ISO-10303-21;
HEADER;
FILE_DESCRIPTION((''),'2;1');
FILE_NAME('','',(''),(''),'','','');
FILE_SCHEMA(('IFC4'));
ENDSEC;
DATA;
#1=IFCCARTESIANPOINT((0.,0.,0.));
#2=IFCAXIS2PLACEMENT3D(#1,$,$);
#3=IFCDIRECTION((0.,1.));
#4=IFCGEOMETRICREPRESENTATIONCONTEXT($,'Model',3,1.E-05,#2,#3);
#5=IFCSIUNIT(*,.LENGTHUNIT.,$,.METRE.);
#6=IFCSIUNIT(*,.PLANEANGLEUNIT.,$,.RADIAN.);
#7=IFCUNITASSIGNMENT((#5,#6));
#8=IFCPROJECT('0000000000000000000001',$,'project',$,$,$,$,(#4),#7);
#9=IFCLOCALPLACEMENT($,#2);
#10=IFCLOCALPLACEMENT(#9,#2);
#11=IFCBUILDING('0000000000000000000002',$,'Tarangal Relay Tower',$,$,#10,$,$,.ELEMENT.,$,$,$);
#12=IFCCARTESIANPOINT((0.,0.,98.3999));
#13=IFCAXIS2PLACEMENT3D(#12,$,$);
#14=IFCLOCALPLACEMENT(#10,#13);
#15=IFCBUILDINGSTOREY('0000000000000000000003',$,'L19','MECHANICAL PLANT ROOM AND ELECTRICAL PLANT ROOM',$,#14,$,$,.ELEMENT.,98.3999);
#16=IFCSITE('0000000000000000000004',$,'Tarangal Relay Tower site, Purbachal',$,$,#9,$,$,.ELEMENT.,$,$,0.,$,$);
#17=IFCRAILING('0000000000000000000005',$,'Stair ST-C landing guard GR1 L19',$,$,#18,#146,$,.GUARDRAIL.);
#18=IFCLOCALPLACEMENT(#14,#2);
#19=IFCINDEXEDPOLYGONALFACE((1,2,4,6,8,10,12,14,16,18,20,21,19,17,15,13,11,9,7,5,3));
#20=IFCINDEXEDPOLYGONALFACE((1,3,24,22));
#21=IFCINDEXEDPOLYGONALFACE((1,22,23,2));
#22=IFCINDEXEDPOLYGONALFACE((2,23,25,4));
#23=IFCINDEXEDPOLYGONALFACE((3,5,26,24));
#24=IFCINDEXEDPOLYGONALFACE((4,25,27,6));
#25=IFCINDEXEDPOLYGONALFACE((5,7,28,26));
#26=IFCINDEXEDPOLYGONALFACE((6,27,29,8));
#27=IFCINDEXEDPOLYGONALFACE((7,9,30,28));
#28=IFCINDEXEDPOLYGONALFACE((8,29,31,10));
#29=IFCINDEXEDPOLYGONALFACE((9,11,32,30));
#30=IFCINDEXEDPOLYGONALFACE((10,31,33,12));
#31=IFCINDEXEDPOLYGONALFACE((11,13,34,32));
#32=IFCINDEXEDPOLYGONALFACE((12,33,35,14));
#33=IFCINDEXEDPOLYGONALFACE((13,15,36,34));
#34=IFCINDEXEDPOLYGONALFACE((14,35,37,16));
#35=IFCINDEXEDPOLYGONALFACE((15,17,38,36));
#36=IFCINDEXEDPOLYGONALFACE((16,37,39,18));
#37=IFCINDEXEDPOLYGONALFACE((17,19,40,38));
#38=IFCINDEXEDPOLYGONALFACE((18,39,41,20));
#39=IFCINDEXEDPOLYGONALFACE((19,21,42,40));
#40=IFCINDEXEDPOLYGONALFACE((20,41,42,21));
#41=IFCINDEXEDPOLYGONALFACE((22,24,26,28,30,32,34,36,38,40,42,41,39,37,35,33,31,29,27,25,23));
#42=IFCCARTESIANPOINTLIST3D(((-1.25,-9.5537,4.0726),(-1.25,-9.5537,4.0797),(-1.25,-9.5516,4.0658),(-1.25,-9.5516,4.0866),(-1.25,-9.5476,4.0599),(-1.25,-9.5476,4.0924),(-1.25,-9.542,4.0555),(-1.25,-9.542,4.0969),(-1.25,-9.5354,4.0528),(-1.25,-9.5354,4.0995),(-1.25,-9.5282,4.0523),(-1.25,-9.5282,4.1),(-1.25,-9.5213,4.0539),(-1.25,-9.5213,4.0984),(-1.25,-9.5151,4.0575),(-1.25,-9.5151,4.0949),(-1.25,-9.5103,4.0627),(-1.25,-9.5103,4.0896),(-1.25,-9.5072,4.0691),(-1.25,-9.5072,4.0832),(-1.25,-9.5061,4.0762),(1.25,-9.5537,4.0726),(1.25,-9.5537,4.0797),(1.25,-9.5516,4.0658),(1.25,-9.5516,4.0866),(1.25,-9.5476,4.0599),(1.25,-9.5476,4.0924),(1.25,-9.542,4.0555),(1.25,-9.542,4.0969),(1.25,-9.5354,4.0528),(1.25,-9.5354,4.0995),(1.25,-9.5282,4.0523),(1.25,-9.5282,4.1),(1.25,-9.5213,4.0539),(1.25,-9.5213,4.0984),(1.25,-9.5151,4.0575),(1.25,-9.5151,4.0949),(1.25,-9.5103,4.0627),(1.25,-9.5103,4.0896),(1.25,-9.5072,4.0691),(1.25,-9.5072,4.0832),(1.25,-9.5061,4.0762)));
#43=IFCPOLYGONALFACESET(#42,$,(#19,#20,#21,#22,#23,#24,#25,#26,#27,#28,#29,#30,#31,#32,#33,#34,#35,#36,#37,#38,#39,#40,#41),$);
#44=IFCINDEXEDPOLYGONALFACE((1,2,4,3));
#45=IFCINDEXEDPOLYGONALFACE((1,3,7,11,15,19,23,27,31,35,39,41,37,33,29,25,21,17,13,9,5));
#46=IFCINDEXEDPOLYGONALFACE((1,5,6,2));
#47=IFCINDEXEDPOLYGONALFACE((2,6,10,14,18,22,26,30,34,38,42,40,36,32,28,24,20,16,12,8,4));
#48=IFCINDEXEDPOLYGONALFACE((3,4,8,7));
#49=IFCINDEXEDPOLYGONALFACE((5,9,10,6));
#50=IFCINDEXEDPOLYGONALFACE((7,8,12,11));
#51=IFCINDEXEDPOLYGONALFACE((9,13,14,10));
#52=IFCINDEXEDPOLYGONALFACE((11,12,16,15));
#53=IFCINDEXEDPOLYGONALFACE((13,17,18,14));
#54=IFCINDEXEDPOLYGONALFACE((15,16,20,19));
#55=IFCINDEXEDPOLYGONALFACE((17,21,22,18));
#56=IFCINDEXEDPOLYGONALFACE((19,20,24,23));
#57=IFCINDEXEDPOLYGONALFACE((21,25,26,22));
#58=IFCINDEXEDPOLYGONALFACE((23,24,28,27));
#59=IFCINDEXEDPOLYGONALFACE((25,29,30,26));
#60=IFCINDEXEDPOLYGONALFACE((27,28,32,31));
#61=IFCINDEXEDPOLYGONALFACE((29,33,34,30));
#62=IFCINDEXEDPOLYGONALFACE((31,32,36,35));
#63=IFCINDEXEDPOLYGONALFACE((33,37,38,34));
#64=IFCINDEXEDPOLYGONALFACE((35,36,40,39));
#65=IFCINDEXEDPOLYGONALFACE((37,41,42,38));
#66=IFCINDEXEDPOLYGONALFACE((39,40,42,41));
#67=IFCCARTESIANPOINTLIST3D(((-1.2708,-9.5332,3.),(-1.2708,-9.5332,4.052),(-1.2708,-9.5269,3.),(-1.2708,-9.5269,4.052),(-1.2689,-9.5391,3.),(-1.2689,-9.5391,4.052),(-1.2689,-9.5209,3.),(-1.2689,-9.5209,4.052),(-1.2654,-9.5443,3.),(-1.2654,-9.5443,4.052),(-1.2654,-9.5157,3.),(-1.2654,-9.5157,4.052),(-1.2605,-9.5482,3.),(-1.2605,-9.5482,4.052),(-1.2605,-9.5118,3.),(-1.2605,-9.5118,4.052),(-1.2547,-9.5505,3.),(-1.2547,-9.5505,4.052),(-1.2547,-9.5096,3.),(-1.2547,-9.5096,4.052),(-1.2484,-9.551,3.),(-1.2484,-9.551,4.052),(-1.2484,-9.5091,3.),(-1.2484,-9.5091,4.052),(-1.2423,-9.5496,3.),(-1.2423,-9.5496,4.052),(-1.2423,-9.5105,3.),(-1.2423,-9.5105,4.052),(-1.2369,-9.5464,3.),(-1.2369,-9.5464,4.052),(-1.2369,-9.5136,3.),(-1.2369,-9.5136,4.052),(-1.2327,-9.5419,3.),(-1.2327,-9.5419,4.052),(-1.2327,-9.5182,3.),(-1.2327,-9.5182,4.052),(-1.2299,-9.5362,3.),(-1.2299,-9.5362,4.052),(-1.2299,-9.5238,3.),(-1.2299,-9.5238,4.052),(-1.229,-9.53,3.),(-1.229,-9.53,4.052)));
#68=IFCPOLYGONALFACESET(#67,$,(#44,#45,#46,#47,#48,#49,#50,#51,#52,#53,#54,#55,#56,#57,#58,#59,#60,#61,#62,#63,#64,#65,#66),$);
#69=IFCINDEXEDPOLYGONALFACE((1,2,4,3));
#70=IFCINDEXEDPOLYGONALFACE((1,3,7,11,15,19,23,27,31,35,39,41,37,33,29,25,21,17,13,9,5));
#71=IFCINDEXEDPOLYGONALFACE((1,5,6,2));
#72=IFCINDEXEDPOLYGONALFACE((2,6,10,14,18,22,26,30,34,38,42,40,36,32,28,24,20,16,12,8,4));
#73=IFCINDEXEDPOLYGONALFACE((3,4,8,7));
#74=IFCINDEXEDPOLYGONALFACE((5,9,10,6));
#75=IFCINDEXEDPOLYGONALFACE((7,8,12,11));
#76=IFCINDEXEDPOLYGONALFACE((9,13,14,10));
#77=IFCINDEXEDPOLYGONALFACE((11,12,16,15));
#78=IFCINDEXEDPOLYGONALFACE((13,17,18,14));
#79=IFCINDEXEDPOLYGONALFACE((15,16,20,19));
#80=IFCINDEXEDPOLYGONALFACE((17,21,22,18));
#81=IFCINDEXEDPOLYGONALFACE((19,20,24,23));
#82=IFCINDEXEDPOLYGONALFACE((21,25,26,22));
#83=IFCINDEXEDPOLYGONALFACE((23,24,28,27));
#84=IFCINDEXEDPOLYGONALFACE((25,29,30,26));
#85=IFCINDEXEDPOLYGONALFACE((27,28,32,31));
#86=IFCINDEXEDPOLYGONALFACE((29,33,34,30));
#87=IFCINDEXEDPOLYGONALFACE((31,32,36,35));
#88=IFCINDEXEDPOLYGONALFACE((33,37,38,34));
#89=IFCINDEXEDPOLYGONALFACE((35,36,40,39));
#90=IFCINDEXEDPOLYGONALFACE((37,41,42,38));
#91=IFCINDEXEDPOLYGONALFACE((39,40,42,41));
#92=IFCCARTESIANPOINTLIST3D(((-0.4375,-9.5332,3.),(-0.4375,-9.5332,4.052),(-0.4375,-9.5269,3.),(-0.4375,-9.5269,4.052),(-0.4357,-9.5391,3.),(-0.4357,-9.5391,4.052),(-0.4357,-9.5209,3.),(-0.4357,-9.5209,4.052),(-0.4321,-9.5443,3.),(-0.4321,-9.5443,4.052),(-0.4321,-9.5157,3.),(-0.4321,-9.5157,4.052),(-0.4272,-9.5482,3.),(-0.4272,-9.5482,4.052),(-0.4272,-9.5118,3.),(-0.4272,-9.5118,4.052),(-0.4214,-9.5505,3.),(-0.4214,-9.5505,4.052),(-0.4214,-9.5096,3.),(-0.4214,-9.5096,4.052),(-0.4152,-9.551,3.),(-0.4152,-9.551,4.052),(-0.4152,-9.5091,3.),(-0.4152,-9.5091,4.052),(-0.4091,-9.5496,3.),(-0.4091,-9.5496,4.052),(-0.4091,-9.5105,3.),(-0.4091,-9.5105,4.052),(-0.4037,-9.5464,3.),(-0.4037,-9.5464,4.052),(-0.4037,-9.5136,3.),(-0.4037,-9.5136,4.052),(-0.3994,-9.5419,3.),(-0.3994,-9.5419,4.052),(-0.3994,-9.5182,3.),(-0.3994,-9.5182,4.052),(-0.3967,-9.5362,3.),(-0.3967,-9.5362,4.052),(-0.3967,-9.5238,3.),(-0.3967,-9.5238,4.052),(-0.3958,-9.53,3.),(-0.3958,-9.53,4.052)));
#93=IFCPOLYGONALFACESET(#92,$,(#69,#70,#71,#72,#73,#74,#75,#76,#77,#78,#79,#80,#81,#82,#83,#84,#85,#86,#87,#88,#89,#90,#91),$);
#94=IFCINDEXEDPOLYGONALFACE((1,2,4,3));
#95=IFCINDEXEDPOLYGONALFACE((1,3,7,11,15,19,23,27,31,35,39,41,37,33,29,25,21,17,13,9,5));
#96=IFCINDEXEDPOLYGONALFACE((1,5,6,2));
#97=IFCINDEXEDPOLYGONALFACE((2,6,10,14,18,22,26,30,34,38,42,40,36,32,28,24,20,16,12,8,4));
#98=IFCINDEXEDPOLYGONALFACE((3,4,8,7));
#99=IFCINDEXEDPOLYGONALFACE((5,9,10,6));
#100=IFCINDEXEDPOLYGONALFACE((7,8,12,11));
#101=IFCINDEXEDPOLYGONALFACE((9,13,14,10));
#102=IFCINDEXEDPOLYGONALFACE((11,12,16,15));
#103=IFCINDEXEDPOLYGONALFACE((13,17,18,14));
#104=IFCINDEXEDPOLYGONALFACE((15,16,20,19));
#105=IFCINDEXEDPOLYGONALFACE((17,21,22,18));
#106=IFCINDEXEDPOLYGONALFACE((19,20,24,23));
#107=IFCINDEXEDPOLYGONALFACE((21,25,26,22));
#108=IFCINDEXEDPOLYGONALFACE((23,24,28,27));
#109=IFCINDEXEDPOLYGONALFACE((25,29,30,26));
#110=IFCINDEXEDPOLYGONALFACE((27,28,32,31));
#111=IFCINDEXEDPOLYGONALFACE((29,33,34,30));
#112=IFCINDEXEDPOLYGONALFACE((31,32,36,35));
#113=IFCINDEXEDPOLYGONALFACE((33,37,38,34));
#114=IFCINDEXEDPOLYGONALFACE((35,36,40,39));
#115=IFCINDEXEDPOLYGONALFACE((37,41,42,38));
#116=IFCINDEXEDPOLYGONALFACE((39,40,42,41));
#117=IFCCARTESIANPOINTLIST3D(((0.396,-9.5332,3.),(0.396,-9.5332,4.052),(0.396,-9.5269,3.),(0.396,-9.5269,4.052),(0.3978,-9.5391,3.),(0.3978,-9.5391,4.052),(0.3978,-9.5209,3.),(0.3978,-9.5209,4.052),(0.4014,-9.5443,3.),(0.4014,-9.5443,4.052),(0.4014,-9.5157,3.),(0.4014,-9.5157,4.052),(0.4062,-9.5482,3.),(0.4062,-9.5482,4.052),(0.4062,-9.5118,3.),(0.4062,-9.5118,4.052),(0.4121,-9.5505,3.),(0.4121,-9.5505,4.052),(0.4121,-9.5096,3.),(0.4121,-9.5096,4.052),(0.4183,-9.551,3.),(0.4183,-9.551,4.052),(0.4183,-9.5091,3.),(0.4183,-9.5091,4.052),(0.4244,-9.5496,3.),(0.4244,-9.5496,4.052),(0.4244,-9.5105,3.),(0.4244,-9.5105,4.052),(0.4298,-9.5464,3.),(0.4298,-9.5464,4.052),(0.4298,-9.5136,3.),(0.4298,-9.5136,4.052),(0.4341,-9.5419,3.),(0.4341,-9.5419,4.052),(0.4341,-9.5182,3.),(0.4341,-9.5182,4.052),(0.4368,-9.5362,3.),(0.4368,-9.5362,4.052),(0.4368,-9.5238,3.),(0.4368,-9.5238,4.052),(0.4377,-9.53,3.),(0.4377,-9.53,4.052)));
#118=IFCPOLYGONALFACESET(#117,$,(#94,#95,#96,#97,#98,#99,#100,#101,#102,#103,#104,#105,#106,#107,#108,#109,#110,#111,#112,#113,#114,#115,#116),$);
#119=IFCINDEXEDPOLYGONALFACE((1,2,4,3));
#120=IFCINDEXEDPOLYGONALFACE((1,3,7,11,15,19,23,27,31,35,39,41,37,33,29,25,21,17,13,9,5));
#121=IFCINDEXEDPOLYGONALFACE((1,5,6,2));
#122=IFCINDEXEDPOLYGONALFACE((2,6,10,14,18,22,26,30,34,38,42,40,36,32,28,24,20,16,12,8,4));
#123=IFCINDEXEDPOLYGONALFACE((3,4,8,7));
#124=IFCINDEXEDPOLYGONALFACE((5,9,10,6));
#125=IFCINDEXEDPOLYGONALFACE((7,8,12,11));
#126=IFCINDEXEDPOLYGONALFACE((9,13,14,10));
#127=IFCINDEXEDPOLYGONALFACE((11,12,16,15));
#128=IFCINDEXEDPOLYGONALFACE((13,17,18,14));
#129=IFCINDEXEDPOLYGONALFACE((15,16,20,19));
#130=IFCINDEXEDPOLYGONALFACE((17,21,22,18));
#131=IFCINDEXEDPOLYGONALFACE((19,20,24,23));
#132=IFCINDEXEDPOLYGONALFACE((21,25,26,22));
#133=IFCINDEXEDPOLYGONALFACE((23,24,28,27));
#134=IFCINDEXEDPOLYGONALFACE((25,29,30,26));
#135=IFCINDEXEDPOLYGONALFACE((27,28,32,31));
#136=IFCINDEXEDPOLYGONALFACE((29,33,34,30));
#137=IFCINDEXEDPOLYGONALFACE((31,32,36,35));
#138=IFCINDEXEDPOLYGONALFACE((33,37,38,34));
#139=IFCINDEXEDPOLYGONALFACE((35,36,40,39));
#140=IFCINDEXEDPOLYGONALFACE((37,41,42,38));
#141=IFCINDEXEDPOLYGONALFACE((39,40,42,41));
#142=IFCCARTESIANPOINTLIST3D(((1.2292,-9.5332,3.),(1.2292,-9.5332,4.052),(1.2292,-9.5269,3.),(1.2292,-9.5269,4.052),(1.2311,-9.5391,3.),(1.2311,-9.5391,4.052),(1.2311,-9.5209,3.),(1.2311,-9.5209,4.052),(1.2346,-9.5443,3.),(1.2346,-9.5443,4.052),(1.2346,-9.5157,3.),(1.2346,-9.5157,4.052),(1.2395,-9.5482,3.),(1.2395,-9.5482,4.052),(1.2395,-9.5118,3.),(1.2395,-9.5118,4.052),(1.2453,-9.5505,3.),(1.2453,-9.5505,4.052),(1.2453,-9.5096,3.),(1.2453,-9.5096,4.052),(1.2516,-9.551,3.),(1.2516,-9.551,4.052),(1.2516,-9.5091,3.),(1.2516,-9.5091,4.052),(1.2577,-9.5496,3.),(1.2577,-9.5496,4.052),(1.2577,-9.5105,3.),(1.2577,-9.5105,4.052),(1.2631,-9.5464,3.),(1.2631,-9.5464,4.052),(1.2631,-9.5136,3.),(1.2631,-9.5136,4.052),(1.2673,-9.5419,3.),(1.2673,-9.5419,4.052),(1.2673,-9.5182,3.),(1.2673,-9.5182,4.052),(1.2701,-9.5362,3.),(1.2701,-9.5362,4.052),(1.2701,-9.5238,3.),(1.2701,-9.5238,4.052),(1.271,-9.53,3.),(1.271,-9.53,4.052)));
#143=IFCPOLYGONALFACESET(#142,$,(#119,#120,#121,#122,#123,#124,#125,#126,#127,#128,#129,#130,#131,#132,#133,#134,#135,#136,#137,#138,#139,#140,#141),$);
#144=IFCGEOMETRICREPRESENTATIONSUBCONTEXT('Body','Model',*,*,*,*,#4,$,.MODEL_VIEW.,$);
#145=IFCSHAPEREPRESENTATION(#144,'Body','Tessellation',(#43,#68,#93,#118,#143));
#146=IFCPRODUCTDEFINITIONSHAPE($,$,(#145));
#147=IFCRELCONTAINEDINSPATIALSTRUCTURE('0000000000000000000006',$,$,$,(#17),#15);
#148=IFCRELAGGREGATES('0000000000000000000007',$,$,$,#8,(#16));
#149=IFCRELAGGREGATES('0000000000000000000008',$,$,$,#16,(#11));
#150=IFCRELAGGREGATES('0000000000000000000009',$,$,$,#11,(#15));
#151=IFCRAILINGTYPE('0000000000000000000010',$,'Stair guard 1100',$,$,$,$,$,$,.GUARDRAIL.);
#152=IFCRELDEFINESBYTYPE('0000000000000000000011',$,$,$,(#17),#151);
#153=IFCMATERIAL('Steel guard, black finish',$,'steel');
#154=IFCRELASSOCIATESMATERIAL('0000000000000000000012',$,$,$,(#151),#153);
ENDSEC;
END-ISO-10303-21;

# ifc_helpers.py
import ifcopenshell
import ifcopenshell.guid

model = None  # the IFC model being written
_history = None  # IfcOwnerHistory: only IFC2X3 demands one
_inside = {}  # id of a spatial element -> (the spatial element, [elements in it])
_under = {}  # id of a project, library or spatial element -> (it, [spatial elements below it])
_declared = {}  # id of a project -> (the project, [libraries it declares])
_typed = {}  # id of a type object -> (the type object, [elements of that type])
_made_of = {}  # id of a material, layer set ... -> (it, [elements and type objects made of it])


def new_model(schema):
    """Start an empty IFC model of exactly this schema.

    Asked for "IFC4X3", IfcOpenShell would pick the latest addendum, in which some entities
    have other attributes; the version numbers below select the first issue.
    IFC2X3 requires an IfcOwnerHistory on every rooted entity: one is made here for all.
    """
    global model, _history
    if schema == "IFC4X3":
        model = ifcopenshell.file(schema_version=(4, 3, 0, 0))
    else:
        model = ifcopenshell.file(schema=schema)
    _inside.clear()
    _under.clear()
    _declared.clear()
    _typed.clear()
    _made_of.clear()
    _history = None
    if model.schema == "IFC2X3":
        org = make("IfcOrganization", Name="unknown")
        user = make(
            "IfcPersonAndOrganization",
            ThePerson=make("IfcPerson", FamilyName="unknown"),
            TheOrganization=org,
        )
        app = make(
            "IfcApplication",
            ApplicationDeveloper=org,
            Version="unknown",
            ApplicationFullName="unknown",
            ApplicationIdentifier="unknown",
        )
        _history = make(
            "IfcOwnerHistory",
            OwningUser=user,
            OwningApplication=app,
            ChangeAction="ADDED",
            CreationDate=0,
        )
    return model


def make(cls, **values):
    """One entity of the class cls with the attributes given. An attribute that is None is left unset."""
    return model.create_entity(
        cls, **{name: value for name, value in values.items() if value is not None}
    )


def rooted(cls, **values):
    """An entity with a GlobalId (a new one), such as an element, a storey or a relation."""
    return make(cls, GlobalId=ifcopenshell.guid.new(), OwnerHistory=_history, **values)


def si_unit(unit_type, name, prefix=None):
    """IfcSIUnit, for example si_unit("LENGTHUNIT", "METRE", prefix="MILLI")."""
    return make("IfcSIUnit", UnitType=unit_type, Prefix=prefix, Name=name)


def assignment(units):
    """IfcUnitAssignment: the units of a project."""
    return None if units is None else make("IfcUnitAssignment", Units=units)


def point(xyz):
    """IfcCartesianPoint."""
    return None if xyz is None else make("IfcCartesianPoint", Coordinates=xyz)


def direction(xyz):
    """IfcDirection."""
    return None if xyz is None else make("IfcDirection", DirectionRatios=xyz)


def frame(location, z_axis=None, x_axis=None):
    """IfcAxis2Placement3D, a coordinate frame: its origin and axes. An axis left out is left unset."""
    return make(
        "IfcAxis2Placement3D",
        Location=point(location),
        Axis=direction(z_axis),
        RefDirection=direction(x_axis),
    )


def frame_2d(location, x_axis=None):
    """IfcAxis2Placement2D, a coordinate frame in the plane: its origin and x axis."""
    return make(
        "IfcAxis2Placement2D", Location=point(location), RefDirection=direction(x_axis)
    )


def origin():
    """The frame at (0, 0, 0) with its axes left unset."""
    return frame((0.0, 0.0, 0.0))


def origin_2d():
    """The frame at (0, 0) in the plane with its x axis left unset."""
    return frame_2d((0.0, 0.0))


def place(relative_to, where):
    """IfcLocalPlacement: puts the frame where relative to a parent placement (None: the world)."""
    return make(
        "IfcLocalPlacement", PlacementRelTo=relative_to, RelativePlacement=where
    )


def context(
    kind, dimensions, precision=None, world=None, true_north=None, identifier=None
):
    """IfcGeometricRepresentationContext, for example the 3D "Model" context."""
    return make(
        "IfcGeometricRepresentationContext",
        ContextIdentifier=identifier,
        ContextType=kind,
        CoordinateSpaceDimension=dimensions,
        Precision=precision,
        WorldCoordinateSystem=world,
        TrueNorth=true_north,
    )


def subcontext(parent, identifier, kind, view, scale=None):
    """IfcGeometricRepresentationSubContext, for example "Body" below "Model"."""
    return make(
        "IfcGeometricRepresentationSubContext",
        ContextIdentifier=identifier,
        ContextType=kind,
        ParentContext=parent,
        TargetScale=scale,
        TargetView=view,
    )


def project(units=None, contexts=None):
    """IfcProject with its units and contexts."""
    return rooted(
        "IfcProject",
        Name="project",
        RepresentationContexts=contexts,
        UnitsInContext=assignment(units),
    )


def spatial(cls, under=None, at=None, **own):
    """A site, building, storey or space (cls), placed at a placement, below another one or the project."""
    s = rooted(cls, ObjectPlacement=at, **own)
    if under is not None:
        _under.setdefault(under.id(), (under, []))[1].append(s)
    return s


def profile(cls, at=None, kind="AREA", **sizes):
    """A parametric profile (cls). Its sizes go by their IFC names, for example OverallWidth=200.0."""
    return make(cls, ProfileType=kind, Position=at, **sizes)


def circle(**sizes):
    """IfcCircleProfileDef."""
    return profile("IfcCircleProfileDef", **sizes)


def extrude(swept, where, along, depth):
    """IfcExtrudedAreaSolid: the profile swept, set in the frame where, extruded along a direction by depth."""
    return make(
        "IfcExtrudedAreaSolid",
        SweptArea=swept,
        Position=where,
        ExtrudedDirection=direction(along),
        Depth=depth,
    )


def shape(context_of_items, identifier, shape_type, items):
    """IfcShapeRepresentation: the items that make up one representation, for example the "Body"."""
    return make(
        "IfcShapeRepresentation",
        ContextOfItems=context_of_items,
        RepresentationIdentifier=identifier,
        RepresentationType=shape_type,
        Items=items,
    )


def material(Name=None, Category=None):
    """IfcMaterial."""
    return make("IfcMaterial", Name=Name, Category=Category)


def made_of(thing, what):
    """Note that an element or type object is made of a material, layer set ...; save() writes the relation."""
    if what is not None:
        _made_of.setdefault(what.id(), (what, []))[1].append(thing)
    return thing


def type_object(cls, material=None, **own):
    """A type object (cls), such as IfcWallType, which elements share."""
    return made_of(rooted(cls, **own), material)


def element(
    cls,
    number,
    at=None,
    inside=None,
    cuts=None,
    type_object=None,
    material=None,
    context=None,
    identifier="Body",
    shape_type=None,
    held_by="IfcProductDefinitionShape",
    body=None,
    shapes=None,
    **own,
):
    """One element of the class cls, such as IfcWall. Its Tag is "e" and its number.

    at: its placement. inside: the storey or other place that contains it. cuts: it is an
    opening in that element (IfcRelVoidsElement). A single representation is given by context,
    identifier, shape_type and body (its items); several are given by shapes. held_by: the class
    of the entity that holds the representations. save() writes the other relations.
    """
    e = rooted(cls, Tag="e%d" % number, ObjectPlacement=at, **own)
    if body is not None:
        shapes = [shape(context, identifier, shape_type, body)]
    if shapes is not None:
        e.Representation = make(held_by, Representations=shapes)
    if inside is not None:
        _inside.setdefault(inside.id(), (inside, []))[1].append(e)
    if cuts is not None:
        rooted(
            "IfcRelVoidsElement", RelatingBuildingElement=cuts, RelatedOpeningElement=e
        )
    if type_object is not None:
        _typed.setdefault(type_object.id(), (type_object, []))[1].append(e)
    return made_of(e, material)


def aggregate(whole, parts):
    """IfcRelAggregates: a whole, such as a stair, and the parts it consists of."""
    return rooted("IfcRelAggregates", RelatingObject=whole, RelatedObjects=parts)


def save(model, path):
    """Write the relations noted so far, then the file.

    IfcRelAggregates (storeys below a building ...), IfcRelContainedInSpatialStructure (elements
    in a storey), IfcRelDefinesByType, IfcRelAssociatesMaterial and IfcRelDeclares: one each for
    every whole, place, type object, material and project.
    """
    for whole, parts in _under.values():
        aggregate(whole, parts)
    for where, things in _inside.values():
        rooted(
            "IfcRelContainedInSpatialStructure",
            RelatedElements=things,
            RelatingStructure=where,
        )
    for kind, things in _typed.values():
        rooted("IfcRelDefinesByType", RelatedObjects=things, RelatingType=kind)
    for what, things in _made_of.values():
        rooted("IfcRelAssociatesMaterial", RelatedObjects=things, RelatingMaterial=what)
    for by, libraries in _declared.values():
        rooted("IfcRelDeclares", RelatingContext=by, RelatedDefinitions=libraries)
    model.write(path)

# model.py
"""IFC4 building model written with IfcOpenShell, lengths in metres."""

from ifc_helpers import new_model, si_unit, direction, frame, origin, origin_2d, place, context, subcontext, project, spatial, circle, extrude, material, type_object, element, save


model = new_model("IFC4")

# Units and contexts
model_context = context("Model", 3, precision=1e-05, world=origin(), true_north=direction((0.0, 1.0)))
body_context = subcontext(model_context, "Body", "Model", "MODEL_VIEW")
ifc_project = project(units=[si_unit("LENGTHUNIT", "METRE"), si_unit("PLANEANGLEUNIT", "RADIAN")], contexts=[model_context])

# Site, building, storey
site_placement = place(None, origin())
site = spatial("IfcSite", under=ifc_project, at=site_placement, Name="Tarangal Relay Tower site, Purbachal", CompositionType="ELEMENT", RefElevation=0.0)
building_placement = place(site_placement, origin())
building = spatial("IfcBuilding", under=site, at=building_placement, Name="Tarangal Relay Tower", CompositionType="ELEMENT")
storey_placement = place(building_placement, frame((0.0, 0.0, 98.3999)))
storey = spatial("IfcBuildingStorey", under=building, at=storey_placement, Name="L19", Description="MECHANICAL PLANT ROOM AND ELECTRICAL PLANT ROOM", CompositionType="ELEMENT", Elevation=98.3999)

# Railing
ifc_material_1 = material(Name="Steel guard, black finish", Category="steel")
railing_type_1 = type_object("IfcRailingType", Name="Stair guard 1100", PredefinedType="GUARDRAIL", material=ifc_material_1)
for number, where, name in (
    (1, (-1.25, -9.53, 3.0), "Stair ST-C landing guard GR1 L19"),
):
    element("IfcRailing", number, at=place(storey_placement, frame(where)), inside=storey, type_object=railing_type_1, Name=name, PredefinedType="GUARDRAIL", context=body_context, shape_type="SweptSolid", body=[
        extrude(circle(Radius=0.0239, at=origin_2d()), frame((0.0, 0.0, 1.0762), z_axis=(1.0, 0.0, 0.0), x_axis=(0.0, 1.0, 0.0)), (0.0, 0.0, 1.0), 2.5),
        extrude(circle(Radius=0.021, at=origin_2d()), origin(), (0.0, 0.0, 1.0), 1.052),
        extrude(circle(Radius=0.021, at=origin_2d()), frame((0.8333, 0.0, 0.0)), (0.0, 0.0, 1.0), 1.052),
        extrude(circle(Radius=0.021, at=origin_2d()), frame((1.6667, 0.0, 0.0)), (0.0, 0.0, 1.0), 1.052),
        extrude(circle(Radius=0.021, at=origin_2d()), frame((2.5, 0.0, 0.0)), (0.0, 0.0, 1.0), 1.052),
    ])

save(model, "model.ifc")
